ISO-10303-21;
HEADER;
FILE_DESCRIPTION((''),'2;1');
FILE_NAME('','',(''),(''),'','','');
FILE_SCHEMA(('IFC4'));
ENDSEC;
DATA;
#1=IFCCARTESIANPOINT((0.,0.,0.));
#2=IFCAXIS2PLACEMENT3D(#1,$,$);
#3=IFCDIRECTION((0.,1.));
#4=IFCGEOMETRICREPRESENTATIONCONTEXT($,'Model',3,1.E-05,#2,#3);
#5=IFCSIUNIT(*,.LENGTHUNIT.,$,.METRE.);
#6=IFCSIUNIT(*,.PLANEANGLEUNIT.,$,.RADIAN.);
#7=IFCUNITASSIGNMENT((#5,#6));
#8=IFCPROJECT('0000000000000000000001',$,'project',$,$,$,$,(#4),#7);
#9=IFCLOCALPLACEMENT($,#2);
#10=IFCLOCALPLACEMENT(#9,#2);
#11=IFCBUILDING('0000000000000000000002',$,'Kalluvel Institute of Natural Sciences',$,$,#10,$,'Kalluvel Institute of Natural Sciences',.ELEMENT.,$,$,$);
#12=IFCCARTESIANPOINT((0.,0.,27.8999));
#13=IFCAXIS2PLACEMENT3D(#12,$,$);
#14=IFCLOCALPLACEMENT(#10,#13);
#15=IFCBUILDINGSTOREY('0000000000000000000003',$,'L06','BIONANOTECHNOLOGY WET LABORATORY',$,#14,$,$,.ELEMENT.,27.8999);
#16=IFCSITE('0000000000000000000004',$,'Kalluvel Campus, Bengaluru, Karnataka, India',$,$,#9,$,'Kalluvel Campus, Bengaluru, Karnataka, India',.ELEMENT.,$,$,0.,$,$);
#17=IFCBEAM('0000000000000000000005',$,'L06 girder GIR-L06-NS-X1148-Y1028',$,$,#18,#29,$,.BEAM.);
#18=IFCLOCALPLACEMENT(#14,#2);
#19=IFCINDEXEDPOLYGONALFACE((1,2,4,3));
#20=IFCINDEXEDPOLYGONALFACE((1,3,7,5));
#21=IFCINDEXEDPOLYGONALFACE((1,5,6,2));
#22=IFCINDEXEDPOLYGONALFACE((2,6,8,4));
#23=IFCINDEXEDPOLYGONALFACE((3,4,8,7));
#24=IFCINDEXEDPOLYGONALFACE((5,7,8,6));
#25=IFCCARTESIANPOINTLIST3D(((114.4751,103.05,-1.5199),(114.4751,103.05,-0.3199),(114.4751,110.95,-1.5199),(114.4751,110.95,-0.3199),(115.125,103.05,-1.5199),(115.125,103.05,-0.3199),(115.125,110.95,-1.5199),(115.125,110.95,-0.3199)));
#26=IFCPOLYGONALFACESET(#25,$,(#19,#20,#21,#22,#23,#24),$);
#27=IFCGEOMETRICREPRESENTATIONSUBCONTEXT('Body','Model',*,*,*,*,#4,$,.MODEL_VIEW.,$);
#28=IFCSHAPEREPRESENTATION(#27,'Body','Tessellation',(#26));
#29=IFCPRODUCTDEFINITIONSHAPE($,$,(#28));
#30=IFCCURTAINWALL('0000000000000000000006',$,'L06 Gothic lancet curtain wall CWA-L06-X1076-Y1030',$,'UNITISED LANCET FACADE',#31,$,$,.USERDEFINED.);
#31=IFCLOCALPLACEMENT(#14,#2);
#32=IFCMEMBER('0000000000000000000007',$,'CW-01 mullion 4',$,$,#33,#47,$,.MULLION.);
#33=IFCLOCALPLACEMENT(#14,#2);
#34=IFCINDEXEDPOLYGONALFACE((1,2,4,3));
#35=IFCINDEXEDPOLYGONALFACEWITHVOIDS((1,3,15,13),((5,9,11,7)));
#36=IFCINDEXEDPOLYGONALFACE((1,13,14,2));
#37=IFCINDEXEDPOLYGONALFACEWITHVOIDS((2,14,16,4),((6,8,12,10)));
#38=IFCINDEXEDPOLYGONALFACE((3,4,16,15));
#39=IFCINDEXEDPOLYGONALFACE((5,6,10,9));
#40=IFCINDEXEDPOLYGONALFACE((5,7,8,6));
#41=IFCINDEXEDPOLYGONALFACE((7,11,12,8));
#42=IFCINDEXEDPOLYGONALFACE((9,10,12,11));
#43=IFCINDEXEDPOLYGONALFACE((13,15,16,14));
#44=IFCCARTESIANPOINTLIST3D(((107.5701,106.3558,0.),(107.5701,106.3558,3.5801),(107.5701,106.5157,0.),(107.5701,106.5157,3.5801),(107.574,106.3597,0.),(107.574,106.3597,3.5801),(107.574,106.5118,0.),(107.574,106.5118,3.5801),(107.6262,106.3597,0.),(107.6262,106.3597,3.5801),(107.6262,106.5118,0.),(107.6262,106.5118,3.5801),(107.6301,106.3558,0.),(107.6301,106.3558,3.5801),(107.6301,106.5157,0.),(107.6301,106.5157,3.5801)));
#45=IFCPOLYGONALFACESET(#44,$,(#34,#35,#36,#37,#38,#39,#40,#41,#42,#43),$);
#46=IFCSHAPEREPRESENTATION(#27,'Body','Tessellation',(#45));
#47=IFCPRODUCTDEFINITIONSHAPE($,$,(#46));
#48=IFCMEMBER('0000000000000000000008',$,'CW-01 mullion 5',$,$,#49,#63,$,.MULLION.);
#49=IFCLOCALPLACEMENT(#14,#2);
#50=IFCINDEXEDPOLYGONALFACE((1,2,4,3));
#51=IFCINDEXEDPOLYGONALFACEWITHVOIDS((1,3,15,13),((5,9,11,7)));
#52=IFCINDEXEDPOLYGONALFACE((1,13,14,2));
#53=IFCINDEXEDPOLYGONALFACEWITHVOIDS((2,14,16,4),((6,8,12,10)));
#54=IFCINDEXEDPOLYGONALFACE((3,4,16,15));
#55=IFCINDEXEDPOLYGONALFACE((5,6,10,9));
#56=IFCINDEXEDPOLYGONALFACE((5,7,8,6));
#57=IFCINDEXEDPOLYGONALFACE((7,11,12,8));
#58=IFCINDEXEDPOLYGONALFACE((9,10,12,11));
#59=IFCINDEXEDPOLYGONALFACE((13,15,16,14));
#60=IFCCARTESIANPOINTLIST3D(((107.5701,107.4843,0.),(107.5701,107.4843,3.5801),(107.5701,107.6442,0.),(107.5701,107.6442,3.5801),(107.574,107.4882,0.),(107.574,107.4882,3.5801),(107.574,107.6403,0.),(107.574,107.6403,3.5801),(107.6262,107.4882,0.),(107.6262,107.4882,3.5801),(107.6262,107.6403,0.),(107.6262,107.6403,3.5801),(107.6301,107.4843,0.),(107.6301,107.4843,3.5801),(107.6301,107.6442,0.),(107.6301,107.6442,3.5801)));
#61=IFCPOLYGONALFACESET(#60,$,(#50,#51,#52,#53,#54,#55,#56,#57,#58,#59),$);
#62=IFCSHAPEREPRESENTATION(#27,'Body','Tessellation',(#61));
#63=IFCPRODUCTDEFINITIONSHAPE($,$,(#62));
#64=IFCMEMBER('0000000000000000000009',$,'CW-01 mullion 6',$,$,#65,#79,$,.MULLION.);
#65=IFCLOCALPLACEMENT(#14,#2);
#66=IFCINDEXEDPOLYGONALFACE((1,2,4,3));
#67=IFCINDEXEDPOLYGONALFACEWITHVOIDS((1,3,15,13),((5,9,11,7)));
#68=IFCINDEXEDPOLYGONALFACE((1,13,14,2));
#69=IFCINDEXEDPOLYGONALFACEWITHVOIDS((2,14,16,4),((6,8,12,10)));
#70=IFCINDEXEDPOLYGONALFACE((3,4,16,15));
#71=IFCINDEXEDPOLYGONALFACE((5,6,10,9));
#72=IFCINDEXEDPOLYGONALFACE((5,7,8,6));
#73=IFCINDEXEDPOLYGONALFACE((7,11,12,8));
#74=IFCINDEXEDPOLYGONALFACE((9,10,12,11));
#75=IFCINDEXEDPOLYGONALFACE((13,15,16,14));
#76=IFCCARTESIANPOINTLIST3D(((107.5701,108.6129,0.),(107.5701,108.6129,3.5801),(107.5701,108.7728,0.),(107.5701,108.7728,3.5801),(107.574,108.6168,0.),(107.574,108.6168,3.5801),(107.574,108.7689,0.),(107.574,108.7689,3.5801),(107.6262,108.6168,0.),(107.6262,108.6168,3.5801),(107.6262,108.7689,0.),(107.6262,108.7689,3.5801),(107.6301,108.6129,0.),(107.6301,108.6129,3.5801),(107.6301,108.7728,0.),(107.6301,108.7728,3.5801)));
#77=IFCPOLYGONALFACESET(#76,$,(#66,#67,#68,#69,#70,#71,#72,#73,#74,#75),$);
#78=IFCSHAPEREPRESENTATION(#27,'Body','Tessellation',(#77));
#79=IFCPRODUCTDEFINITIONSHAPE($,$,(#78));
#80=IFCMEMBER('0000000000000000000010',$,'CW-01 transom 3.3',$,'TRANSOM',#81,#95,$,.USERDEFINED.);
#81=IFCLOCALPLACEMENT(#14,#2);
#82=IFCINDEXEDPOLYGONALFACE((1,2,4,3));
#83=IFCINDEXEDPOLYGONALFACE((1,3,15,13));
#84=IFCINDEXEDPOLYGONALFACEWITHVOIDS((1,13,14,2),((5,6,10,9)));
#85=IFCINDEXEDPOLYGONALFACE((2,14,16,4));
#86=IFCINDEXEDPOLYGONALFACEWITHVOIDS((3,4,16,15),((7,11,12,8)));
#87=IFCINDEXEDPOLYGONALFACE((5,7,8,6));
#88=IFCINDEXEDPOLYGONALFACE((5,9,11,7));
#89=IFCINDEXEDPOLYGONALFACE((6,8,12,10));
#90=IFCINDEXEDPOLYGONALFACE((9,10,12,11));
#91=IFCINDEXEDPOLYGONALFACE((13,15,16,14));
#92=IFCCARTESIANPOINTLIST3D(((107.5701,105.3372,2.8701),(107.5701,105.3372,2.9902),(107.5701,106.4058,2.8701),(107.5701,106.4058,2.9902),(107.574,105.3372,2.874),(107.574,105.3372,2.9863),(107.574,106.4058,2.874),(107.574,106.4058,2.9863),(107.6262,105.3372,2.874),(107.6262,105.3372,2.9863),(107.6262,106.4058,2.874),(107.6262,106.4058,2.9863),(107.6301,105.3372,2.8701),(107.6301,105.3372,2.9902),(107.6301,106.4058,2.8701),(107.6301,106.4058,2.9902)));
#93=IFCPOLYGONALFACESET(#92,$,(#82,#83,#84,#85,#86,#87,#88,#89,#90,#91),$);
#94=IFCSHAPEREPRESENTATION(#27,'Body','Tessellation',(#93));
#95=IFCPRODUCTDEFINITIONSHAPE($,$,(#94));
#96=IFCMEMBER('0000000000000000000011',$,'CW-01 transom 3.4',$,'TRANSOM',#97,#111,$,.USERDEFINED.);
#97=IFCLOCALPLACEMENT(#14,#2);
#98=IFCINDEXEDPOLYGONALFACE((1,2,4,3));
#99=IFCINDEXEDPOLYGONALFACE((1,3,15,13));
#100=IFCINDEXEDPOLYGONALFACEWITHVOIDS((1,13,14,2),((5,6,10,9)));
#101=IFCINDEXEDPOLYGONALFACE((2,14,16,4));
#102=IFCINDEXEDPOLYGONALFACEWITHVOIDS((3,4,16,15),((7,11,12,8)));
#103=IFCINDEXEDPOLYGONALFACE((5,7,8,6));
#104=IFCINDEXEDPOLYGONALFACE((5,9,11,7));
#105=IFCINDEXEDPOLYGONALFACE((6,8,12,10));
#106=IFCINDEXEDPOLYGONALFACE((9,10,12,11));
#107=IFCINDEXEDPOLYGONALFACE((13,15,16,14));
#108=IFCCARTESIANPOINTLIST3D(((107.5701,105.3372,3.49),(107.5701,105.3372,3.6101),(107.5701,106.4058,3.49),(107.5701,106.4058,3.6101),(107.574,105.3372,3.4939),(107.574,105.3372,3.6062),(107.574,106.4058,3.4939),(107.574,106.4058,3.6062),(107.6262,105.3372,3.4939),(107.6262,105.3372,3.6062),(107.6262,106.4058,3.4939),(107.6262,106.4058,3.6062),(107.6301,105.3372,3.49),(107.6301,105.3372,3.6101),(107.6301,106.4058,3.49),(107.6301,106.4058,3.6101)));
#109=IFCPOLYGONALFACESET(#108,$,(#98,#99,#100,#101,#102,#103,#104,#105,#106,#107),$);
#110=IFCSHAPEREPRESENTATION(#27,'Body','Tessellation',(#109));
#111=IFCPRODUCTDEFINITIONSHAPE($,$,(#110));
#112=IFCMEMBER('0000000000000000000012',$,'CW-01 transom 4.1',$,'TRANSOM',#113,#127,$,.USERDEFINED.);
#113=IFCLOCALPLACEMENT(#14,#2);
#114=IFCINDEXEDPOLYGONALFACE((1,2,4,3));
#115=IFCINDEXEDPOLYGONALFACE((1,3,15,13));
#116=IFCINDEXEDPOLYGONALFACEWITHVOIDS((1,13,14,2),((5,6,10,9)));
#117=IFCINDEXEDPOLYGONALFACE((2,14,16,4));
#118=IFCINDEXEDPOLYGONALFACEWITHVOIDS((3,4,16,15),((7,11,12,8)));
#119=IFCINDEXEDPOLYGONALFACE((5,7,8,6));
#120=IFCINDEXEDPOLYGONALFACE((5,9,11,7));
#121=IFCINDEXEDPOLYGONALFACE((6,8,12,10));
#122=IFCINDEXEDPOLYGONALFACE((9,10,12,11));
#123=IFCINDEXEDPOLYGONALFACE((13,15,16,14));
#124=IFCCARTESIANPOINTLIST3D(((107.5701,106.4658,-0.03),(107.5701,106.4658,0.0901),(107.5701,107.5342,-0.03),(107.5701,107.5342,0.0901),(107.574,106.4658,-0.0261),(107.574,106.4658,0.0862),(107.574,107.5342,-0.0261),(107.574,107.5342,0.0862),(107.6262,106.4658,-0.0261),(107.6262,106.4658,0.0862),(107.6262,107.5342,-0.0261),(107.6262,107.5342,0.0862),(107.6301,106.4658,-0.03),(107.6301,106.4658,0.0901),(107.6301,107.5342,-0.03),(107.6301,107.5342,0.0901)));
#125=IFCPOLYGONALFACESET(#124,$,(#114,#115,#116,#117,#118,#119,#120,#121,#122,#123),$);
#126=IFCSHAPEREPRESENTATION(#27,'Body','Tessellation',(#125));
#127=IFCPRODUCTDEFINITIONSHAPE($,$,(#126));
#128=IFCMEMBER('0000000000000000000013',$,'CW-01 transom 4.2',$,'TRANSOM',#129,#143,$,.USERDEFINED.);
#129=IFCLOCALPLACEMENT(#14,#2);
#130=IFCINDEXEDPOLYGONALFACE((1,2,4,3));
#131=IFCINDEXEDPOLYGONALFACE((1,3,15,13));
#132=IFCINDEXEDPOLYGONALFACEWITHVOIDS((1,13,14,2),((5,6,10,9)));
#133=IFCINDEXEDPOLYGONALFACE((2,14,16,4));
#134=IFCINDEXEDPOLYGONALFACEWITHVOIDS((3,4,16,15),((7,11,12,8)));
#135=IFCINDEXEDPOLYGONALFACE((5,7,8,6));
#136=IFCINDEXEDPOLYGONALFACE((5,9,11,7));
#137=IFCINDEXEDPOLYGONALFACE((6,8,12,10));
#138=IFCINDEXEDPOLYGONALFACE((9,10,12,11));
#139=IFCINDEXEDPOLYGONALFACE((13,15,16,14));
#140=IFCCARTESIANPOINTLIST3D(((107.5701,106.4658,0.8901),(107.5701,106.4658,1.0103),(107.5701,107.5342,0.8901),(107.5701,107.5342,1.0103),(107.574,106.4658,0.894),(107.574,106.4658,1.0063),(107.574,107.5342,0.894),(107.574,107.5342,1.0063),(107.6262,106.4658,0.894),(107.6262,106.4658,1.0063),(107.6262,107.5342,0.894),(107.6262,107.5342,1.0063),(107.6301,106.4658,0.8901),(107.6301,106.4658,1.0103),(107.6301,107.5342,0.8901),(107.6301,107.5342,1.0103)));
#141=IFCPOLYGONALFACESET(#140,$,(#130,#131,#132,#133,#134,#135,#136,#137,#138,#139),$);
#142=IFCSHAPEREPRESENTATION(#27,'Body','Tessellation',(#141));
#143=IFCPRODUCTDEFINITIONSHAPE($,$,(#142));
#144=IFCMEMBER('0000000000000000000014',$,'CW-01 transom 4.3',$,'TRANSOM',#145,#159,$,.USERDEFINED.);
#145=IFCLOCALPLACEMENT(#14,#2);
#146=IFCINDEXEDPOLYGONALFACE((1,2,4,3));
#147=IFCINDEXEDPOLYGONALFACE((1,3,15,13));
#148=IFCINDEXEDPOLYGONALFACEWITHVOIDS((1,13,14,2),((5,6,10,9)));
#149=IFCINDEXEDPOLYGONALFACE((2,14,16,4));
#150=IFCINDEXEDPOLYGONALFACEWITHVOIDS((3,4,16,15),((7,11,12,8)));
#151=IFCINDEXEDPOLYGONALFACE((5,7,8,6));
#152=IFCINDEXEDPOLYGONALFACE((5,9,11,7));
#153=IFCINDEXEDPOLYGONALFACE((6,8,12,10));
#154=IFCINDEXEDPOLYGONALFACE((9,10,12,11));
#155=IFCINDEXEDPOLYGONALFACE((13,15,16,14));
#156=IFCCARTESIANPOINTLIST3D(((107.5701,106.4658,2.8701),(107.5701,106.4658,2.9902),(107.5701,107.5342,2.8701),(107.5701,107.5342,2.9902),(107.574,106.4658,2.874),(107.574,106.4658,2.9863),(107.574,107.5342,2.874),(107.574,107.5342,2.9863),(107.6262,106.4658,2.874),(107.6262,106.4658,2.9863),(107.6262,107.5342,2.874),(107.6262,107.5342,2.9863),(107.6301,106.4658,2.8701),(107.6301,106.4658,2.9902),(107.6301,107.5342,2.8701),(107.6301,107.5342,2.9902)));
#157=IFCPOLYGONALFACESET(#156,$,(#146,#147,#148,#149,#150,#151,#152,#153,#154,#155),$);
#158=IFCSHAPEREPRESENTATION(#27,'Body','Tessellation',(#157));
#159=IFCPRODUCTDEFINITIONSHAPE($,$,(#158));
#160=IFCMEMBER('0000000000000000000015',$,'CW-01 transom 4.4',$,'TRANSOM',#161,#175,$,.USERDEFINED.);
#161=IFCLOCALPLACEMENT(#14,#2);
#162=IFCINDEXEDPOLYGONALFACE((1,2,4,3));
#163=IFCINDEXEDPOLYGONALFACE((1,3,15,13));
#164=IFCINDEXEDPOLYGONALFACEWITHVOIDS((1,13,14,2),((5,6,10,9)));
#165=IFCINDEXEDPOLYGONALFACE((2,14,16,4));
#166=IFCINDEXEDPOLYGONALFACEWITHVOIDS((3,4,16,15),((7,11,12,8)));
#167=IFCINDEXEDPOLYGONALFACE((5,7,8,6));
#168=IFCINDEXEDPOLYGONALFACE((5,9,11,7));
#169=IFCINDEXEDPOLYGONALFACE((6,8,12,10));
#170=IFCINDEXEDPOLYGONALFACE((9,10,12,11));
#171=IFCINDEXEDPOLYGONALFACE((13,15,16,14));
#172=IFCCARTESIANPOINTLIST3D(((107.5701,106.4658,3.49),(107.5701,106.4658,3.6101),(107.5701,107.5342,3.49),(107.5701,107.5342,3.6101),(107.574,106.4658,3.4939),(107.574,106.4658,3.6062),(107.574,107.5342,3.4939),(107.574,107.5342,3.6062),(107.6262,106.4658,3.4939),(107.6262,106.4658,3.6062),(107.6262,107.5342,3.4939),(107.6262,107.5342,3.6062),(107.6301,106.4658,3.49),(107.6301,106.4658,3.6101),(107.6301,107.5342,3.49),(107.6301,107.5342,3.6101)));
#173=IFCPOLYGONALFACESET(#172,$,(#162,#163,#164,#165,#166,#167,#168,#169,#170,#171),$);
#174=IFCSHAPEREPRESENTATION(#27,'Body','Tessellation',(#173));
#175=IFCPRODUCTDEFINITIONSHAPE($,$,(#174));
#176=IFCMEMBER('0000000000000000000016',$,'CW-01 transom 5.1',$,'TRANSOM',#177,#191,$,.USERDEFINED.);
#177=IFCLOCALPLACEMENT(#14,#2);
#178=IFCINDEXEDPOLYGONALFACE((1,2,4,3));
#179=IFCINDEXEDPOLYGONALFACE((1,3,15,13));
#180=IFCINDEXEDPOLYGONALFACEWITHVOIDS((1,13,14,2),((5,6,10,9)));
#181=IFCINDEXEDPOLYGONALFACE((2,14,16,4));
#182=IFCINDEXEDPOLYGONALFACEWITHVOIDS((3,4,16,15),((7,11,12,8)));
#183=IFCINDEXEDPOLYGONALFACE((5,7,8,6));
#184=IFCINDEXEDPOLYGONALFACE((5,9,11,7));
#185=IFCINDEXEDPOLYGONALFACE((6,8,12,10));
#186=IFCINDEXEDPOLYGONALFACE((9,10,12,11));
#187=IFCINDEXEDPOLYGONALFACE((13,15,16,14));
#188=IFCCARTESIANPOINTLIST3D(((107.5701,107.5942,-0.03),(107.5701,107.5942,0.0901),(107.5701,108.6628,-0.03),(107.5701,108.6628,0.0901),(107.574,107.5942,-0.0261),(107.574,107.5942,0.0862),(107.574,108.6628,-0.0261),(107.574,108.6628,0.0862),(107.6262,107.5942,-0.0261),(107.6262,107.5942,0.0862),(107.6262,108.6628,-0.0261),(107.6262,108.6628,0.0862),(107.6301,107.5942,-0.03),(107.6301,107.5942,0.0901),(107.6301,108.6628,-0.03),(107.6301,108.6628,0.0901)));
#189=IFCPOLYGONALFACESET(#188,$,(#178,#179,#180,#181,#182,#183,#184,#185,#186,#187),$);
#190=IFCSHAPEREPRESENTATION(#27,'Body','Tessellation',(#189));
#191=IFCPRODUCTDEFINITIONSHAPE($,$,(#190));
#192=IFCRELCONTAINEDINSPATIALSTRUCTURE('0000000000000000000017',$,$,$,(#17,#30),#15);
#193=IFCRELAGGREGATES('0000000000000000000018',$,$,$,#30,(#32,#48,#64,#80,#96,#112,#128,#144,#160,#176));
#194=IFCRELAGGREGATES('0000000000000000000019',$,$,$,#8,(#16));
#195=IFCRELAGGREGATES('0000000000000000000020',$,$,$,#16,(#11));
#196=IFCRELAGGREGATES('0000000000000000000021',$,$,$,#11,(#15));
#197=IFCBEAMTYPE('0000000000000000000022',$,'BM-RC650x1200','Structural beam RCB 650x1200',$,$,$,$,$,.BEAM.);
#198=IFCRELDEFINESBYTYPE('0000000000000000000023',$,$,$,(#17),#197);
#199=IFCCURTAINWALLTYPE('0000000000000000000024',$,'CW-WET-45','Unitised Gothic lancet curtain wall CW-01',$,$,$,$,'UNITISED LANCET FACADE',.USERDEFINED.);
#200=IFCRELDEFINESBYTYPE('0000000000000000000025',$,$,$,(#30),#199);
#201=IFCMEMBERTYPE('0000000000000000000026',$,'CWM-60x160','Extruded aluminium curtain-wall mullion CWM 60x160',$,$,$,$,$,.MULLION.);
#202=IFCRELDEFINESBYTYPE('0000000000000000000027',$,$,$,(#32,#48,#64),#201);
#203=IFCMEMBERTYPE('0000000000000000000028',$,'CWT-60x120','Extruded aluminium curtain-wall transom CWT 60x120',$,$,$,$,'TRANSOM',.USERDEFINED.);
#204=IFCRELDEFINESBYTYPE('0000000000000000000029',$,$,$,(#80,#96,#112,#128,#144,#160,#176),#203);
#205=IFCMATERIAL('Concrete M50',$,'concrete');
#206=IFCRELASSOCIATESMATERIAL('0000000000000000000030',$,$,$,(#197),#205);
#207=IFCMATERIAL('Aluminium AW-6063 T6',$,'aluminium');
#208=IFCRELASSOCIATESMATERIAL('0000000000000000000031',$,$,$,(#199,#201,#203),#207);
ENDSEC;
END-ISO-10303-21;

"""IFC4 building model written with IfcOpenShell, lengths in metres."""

from ifc_helpers import new_model, si_unit, direction, frame, origin, origin_2d, place, context, subcontext, project, spatial, rectangle, hollow_rectangle, extrude, material, material_profile, profile_set, type_object, element, aggregate, save


model = new_model("IFC4")

# Units and contexts
model_context = context("Model", 3, precision=1e-05, world=origin(), true_north=direction((0.0, 1.0)))
body_context = subcontext(model_context, "Body", "Model", "MODEL_VIEW")
ifc_project = project(units=[si_unit("LENGTHUNIT", "METRE"), si_unit("PLANEANGLEUNIT", "RADIAN")], contexts=[model_context])

# Site, building, storey
site_placement = place(None, origin())
site = spatial("IfcSite", under=ifc_project, at=site_placement, Name="Kalluvel Campus, Bengaluru, Karnataka, India", LongName="Kalluvel Campus, Bengaluru, Karnataka, India", CompositionType="ELEMENT", RefElevation=0.0)
building_placement = place(site_placement, origin())
building = spatial("IfcBuilding", under=site, at=building_placement, Name="Kalluvel Institute of Natural Sciences", LongName="Kalluvel Institute of Natural Sciences", CompositionType="ELEMENT")
storey_placement = place(building_placement, frame((0.0, 0.0, 27.8999)))
storey = spatial("IfcBuildingStorey", under=building, at=storey_placement, Name="L06", Description="BIONANOTECHNOLOGY WET LABORATORY", CompositionType="ELEMENT", Elevation=27.8999)

# Beam
ifc_material_1 = material(Name="Concrete M50", Category="concrete")
ifc_material_profile_1 = material_profile(ifc_material_1, rectangle(XDim=0.6499, YDim=1.2, at=origin_2d()), Name="RCB 650x1200")
ifc_profile_set_1 = profile_set([ifc_material_profile_1], Name="Concrete M50")
beam_type_1 = type_object("IfcBeamType", Name="BM-RC650x1200", Description="Structural beam RCB 650x1200", PredefinedType="BEAM", material=ifc_profile_set_1)
beam_1_placement = place(storey_placement, frame((114.8, 103.05, -0.9199), z_axis=(0.0, 1.0, 0.0), x_axis=(-1.0, 0.0, 0.0)))
element("IfcBeam", 1, at=beam_1_placement, inside=storey, type_object=beam_type_1, Name="L06 girder GIR-L06-NS-X1148-Y1028", PredefinedType="BEAM", context=body_context, shape_type="SweptSolid", body=[
    extrude(rectangle(XDim=0.6499, YDim=1.2, at=origin_2d()), origin(), (0.0, 0.0, 1.0), 7.8999),
])

# Curtain wall, members
ifc_material_2 = material(Name="Aluminium AW-6063 T6", Category="aluminium")
curtain_wall_type = type_object("IfcCurtainWallType", Name="CW-WET-45", Description="Unitised Gothic lancet curtain wall CW-01", ElementType="UNITISED LANCET FACADE", PredefinedType="USERDEFINED", material=ifc_material_2)
curtain_wall_placement = place(storey_placement, origin())
curtain_wall = element("IfcCurtainWall", 2, at=curtain_wall_placement, inside=storey, type_object=curtain_wall_type, Name="L06 Gothic lancet curtain wall CWA-L06-X1076-Y1030", ObjectType="UNITISED LANCET FACADE", PredefinedType="USERDEFINED")
ifc_material_profile_2 = material_profile(ifc_material_2, hollow_rectangle(XDim=0.0601, YDim=0.1599, WallThickness=0.0039, at=origin_2d()), Name="CWM 60x160")
ifc_profile_set_2 = profile_set([ifc_material_profile_2], Name="Aluminium AW-6063 T6")
member_type_1 = type_object("IfcMemberType", Name="CWM-60x160", Description="Extruded aluminium curtain-wall mullion CWM 60x160", PredefinedType="MULLION", material=ifc_profile_set_2)
member_1_placement = place(storey_placement, frame((107.6001, 106.4358, 0.0), z_axis=(0.0, 0.0, 1.0), x_axis=(-1.0, 0.0, 0.0)))
member_1 = element("IfcMember", 3, at=member_1_placement, type_object=member_type_1, Name="CW-01 mullion 4", PredefinedType="MULLION", context=body_context, shape_type="SweptSolid", body=[
    extrude(hollow_rectangle(XDim=0.0601, YDim=0.1599, WallThickness=0.0039, at=origin_2d()), origin(), (0.0, 0.0, 1.0), 3.5801),
])
member_2_placement = place(storey_placement, frame((107.6001, 107.5642, 0.0), z_axis=(0.0, 0.0, 1.0), x_axis=(-1.0, 0.0, 0.0)))
member_2 = element("IfcMember", 4, at=member_2_placement, type_object=member_type_1, Name="CW-01 mullion 5", PredefinedType="MULLION", context=body_context, shape_type="SweptSolid", body=[
    extrude(hollow_rectangle(XDim=0.0601, YDim=0.1599, WallThickness=0.0039, at=origin_2d()), origin(), (0.0, 0.0, 1.0), 3.5801),
])
member_3_placement = place(storey_placement, frame((107.6001, 108.6929, 0.0), z_axis=(0.0, 0.0, 1.0), x_axis=(-1.0, 0.0, 0.0)))
member_3 = element("IfcMember", 5, at=member_3_placement, type_object=member_type_1, Name="CW-01 mullion 6", PredefinedType="MULLION", context=body_context, shape_type="SweptSolid", body=[
    extrude(hollow_rectangle(XDim=0.0601, YDim=0.1599, WallThickness=0.0039, at=origin_2d()), origin(), (0.0, 0.0, 1.0), 3.5801),
])
ifc_material_profile_3 = material_profile(ifc_material_2, hollow_rectangle(XDim=0.0601, YDim=0.1201, WallThickness=0.0039, at=origin_2d()), Name="CWT 60x120")
ifc_profile_set_3 = profile_set([ifc_material_profile_3], Name="Aluminium AW-6063 T6")
member_type_2 = type_object("IfcMemberType", Name="CWT-60x120", Description="Extruded aluminium curtain-wall transom CWT 60x120", ElementType="TRANSOM", PredefinedType="USERDEFINED", material=ifc_profile_set_3)
member_4_placement = place(storey_placement, frame((107.6001, 105.3372, 2.9302), z_axis=(0.0, 1.0, 0.0), x_axis=(-1.0, 0.0, 0.0)))
member_4 = element("IfcMember", 6, at=member_4_placement, type_object=member_type_2, Name="CW-01 transom 3.3", ObjectType="TRANSOM", PredefinedType="USERDEFINED", context=body_context, shape_type="SweptSolid", body=[
    extrude(hollow_rectangle(XDim=0.0601, YDim=0.1201, WallThickness=0.0039, at=origin_2d()), origin(), (0.0, 0.0, 1.0), 1.0686),
])
member_5_placement = place(storey_placement, frame((107.6001, 105.3372, 3.55), z_axis=(0.0, 1.0, 0.0), x_axis=(-1.0, 0.0, 0.0)))
member_5 = element("IfcMember", 7, at=member_5_placement, type_object=member_type_2, Name="CW-01 transom 3.4", ObjectType="TRANSOM", PredefinedType="USERDEFINED", context=body_context, shape_type="SweptSolid", body=[
    extrude(hollow_rectangle(XDim=0.0601, YDim=0.1201, WallThickness=0.0039, at=origin_2d()), origin(), (0.0, 0.0, 1.0), 1.0686),
])
member_6_placement = place(storey_placement, frame((107.6001, 106.4658, 0.03), z_axis=(0.0, 1.0, 0.0), x_axis=(-1.0, 0.0, 0.0)))
member_6 = element("IfcMember", 8, at=member_6_placement, type_object=member_type_2, Name="CW-01 transom 4.1", ObjectType="TRANSOM", PredefinedType="USERDEFINED", context=body_context, shape_type="SweptSolid", body=[
    extrude(hollow_rectangle(XDim=0.0601, YDim=0.1201, WallThickness=0.0039, at=origin_2d()), origin(), (0.0, 0.0, 1.0), 1.0684),
])
member_7_placement = place(storey_placement, frame((107.6001, 106.4658, 0.9502), z_axis=(0.0, 1.0, 0.0), x_axis=(-1.0, 0.0, 0.0)))
member_7 = element("IfcMember", 9, at=member_7_placement, type_object=member_type_2, Name="CW-01 transom 4.2", ObjectType="TRANSOM", PredefinedType="USERDEFINED", context=body_context, shape_type="SweptSolid", body=[
    extrude(hollow_rectangle(XDim=0.0601, YDim=0.1201, WallThickness=0.0039, at=origin_2d()), origin(), (0.0, 0.0, 1.0), 1.0684),
])
member_8_placement = place(storey_placement, frame((107.6001, 106.4658, 2.9302), z_axis=(0.0, 1.0, 0.0), x_axis=(-1.0, 0.0, 0.0)))
member_8 = element("IfcMember", 10, at=member_8_placement, type_object=member_type_2, Name="CW-01 transom 4.3", ObjectType="TRANSOM", PredefinedType="USERDEFINED", context=body_context, shape_type="SweptSolid", body=[
    extrude(hollow_rectangle(XDim=0.0601, YDim=0.1201, WallThickness=0.0039, at=origin_2d()), origin(), (0.0, 0.0, 1.0), 1.0684),
])
member_9_placement = place(storey_placement, frame((107.6001, 106.4658, 3.55), z_axis=(0.0, 1.0, 0.0), x_axis=(-1.0, 0.0, 0.0)))
member_9 = element("IfcMember", 11, at=member_9_placement, type_object=member_type_2, Name="CW-01 transom 4.4", ObjectType="TRANSOM", PredefinedType="USERDEFINED", context=body_context, shape_type="SweptSolid", body=[
    extrude(hollow_rectangle(XDim=0.0601, YDim=0.1201, WallThickness=0.0039, at=origin_2d()), origin(), (0.0, 0.0, 1.0), 1.0684),
])
member_10_placement = place(storey_placement, frame((107.6001, 107.5942, 0.03), z_axis=(0.0, 1.0, 0.0), x_axis=(-1.0, 0.0, 0.0)))
member_10 = element("IfcMember", 12, at=member_10_placement, type_object=member_type_2, Name="CW-01 transom 5.1", ObjectType="TRANSOM", PredefinedType="USERDEFINED", context=body_context, shape_type="SweptSolid", body=[
    extrude(hollow_rectangle(XDim=0.0601, YDim=0.1201, WallThickness=0.0039, at=origin_2d()), origin(), (0.0, 0.0, 1.0), 1.0686),
])

aggregate(curtain_wall, [member_1, member_2, member_3, member_4, member_5, member_6, member_7, member_8, member_9, member_10])

save(model, "model.ifc")
